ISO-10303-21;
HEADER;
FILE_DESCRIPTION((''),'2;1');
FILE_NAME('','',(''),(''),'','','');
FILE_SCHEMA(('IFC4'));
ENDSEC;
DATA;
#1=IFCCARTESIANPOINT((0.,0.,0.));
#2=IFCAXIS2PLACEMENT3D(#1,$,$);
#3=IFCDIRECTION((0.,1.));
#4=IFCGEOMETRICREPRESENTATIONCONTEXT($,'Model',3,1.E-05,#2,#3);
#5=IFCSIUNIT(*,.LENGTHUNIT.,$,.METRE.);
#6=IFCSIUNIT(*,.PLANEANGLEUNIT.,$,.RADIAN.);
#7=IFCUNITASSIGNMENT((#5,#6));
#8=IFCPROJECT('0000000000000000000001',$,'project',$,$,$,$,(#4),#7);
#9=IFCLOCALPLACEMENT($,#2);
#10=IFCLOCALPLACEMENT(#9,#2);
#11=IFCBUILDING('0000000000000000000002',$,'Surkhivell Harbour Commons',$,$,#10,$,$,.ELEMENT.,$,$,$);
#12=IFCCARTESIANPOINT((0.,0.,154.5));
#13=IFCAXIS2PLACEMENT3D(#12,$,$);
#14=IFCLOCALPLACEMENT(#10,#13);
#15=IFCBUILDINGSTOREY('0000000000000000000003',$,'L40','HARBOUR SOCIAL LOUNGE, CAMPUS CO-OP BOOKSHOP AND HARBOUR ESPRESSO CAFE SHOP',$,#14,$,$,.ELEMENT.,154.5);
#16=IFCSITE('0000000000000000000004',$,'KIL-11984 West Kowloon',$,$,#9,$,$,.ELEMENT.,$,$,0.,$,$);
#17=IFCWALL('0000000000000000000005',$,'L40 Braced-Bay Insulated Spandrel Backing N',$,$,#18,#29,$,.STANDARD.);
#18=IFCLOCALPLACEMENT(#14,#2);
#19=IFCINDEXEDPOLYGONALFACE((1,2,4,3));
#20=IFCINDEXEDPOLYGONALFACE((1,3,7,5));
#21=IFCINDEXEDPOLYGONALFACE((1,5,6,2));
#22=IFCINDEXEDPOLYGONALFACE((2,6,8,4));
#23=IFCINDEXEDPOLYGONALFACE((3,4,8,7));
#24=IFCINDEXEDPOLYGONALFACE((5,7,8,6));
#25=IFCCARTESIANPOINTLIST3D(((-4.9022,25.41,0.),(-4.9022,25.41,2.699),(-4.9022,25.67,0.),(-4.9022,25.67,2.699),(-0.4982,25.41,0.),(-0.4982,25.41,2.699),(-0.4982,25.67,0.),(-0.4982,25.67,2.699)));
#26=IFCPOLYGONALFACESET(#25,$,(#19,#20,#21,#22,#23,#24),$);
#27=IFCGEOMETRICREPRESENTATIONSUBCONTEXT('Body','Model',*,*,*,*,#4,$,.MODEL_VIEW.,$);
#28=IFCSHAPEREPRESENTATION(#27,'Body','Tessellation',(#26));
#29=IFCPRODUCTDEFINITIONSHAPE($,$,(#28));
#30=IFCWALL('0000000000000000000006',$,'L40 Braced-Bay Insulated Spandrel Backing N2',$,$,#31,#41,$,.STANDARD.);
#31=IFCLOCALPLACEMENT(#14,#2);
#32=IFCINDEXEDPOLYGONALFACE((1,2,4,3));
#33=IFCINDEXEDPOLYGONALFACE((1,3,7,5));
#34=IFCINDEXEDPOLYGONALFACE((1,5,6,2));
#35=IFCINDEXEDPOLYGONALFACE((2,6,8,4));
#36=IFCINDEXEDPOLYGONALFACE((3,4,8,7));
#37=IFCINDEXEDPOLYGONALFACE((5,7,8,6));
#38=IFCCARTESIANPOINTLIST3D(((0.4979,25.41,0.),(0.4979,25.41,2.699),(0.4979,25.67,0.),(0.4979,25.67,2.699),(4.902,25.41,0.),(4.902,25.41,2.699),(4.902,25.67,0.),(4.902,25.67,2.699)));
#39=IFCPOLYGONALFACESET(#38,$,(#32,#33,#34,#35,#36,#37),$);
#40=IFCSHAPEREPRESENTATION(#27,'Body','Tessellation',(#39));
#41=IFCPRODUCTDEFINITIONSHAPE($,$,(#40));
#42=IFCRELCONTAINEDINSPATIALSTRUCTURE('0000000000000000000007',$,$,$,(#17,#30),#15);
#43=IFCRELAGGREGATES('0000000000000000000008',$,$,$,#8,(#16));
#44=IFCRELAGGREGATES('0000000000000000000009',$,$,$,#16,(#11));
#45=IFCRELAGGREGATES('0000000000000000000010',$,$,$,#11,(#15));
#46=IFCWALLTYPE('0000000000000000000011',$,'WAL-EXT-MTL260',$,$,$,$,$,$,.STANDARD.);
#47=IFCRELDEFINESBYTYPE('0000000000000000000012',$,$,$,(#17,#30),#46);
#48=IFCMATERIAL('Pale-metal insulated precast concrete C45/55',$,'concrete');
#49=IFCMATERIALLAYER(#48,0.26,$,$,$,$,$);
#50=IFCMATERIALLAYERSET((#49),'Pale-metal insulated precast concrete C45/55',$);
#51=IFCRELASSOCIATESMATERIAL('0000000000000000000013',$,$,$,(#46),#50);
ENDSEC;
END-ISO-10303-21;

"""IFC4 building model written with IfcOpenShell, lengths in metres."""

from ifc_helpers import new_model, si_unit, direction, frame, frame_2d, origin, place, context, subcontext, project, spatial, rectangle, extrude, material, layer, layer_set, type_object, element, save


model = new_model("IFC4")

# Units and contexts
model_context = context("Model", 3, precision=1e-05, world=origin(), true_north=direction((0.0, 1.0)))
body_context = subcontext(model_context, "Body", "Model", "MODEL_VIEW")
ifc_project = project(units=[si_unit("LENGTHUNIT", "METRE"), si_unit("PLANEANGLEUNIT", "RADIAN")], contexts=[model_context])

# Site, building, storey
site_placement = place(None, origin())
site = spatial("IfcSite", under=ifc_project, at=site_placement, Name="KIL-11984 West Kowloon", CompositionType="ELEMENT", RefElevation=0.0)
building_placement = place(site_placement, origin())
building = spatial("IfcBuilding", under=site, at=building_placement, Name="Surkhivell Harbour Commons", CompositionType="ELEMENT")
storey_placement = place(building_placement, frame((0.0, 0.0, 154.5)))
storey = spatial("IfcBuildingStorey", under=building, at=storey_placement, Name="L40", Description="HARBOUR SOCIAL LOUNGE, CAMPUS CO-OP BOOKSHOP AND HARBOUR ESPRESSO CAFE SHOP", CompositionType="ELEMENT", Elevation=154.5)

# Walls
ifc_material_1 = material(Name="Pale-metal insulated precast concrete C45/55", Category="concrete")
ifc_layer_1 = layer(ifc_material_1, 0.26)
ifc_layer_set_1 = layer_set([ifc_layer_1], Name="Pale-metal insulated precast concrete C45/55")
wall_type = type_object("IfcWallType", Name="WAL-EXT-MTL260", PredefinedType="STANDARD", material=ifc_layer_set_1)
for number, where, z_axis, x_axis, name in (
    (1, (-0.498, 25.54, 0.0), (0.0, 0.0, 1.0), (-1.0, 0.0, 0.0), "L40 Braced-Bay Insulated Spandrel Backing N"),
    (2, (4.9021, 25.54, 0.0), (0.0, 0.0, 1.0), (-1.0, 0.0, 0.0), "L40 Braced-Bay Insulated Spandrel Backing N2"),
):
    element("IfcWall", number, at=place(storey_placement, frame(where, z_axis=z_axis, x_axis=x_axis)), inside=storey, type_object=wall_type, Name=name, PredefinedType="STANDARD", context=body_context, shape_type="SweptSolid", body=[
        extrude(rectangle(XDim=4.4041, YDim=0.26, at=frame_2d((2.2021, 0.0))), origin(), (0.0, 0.0, 1.0), 2.699),
    ])

save(model, "model.ifc")
